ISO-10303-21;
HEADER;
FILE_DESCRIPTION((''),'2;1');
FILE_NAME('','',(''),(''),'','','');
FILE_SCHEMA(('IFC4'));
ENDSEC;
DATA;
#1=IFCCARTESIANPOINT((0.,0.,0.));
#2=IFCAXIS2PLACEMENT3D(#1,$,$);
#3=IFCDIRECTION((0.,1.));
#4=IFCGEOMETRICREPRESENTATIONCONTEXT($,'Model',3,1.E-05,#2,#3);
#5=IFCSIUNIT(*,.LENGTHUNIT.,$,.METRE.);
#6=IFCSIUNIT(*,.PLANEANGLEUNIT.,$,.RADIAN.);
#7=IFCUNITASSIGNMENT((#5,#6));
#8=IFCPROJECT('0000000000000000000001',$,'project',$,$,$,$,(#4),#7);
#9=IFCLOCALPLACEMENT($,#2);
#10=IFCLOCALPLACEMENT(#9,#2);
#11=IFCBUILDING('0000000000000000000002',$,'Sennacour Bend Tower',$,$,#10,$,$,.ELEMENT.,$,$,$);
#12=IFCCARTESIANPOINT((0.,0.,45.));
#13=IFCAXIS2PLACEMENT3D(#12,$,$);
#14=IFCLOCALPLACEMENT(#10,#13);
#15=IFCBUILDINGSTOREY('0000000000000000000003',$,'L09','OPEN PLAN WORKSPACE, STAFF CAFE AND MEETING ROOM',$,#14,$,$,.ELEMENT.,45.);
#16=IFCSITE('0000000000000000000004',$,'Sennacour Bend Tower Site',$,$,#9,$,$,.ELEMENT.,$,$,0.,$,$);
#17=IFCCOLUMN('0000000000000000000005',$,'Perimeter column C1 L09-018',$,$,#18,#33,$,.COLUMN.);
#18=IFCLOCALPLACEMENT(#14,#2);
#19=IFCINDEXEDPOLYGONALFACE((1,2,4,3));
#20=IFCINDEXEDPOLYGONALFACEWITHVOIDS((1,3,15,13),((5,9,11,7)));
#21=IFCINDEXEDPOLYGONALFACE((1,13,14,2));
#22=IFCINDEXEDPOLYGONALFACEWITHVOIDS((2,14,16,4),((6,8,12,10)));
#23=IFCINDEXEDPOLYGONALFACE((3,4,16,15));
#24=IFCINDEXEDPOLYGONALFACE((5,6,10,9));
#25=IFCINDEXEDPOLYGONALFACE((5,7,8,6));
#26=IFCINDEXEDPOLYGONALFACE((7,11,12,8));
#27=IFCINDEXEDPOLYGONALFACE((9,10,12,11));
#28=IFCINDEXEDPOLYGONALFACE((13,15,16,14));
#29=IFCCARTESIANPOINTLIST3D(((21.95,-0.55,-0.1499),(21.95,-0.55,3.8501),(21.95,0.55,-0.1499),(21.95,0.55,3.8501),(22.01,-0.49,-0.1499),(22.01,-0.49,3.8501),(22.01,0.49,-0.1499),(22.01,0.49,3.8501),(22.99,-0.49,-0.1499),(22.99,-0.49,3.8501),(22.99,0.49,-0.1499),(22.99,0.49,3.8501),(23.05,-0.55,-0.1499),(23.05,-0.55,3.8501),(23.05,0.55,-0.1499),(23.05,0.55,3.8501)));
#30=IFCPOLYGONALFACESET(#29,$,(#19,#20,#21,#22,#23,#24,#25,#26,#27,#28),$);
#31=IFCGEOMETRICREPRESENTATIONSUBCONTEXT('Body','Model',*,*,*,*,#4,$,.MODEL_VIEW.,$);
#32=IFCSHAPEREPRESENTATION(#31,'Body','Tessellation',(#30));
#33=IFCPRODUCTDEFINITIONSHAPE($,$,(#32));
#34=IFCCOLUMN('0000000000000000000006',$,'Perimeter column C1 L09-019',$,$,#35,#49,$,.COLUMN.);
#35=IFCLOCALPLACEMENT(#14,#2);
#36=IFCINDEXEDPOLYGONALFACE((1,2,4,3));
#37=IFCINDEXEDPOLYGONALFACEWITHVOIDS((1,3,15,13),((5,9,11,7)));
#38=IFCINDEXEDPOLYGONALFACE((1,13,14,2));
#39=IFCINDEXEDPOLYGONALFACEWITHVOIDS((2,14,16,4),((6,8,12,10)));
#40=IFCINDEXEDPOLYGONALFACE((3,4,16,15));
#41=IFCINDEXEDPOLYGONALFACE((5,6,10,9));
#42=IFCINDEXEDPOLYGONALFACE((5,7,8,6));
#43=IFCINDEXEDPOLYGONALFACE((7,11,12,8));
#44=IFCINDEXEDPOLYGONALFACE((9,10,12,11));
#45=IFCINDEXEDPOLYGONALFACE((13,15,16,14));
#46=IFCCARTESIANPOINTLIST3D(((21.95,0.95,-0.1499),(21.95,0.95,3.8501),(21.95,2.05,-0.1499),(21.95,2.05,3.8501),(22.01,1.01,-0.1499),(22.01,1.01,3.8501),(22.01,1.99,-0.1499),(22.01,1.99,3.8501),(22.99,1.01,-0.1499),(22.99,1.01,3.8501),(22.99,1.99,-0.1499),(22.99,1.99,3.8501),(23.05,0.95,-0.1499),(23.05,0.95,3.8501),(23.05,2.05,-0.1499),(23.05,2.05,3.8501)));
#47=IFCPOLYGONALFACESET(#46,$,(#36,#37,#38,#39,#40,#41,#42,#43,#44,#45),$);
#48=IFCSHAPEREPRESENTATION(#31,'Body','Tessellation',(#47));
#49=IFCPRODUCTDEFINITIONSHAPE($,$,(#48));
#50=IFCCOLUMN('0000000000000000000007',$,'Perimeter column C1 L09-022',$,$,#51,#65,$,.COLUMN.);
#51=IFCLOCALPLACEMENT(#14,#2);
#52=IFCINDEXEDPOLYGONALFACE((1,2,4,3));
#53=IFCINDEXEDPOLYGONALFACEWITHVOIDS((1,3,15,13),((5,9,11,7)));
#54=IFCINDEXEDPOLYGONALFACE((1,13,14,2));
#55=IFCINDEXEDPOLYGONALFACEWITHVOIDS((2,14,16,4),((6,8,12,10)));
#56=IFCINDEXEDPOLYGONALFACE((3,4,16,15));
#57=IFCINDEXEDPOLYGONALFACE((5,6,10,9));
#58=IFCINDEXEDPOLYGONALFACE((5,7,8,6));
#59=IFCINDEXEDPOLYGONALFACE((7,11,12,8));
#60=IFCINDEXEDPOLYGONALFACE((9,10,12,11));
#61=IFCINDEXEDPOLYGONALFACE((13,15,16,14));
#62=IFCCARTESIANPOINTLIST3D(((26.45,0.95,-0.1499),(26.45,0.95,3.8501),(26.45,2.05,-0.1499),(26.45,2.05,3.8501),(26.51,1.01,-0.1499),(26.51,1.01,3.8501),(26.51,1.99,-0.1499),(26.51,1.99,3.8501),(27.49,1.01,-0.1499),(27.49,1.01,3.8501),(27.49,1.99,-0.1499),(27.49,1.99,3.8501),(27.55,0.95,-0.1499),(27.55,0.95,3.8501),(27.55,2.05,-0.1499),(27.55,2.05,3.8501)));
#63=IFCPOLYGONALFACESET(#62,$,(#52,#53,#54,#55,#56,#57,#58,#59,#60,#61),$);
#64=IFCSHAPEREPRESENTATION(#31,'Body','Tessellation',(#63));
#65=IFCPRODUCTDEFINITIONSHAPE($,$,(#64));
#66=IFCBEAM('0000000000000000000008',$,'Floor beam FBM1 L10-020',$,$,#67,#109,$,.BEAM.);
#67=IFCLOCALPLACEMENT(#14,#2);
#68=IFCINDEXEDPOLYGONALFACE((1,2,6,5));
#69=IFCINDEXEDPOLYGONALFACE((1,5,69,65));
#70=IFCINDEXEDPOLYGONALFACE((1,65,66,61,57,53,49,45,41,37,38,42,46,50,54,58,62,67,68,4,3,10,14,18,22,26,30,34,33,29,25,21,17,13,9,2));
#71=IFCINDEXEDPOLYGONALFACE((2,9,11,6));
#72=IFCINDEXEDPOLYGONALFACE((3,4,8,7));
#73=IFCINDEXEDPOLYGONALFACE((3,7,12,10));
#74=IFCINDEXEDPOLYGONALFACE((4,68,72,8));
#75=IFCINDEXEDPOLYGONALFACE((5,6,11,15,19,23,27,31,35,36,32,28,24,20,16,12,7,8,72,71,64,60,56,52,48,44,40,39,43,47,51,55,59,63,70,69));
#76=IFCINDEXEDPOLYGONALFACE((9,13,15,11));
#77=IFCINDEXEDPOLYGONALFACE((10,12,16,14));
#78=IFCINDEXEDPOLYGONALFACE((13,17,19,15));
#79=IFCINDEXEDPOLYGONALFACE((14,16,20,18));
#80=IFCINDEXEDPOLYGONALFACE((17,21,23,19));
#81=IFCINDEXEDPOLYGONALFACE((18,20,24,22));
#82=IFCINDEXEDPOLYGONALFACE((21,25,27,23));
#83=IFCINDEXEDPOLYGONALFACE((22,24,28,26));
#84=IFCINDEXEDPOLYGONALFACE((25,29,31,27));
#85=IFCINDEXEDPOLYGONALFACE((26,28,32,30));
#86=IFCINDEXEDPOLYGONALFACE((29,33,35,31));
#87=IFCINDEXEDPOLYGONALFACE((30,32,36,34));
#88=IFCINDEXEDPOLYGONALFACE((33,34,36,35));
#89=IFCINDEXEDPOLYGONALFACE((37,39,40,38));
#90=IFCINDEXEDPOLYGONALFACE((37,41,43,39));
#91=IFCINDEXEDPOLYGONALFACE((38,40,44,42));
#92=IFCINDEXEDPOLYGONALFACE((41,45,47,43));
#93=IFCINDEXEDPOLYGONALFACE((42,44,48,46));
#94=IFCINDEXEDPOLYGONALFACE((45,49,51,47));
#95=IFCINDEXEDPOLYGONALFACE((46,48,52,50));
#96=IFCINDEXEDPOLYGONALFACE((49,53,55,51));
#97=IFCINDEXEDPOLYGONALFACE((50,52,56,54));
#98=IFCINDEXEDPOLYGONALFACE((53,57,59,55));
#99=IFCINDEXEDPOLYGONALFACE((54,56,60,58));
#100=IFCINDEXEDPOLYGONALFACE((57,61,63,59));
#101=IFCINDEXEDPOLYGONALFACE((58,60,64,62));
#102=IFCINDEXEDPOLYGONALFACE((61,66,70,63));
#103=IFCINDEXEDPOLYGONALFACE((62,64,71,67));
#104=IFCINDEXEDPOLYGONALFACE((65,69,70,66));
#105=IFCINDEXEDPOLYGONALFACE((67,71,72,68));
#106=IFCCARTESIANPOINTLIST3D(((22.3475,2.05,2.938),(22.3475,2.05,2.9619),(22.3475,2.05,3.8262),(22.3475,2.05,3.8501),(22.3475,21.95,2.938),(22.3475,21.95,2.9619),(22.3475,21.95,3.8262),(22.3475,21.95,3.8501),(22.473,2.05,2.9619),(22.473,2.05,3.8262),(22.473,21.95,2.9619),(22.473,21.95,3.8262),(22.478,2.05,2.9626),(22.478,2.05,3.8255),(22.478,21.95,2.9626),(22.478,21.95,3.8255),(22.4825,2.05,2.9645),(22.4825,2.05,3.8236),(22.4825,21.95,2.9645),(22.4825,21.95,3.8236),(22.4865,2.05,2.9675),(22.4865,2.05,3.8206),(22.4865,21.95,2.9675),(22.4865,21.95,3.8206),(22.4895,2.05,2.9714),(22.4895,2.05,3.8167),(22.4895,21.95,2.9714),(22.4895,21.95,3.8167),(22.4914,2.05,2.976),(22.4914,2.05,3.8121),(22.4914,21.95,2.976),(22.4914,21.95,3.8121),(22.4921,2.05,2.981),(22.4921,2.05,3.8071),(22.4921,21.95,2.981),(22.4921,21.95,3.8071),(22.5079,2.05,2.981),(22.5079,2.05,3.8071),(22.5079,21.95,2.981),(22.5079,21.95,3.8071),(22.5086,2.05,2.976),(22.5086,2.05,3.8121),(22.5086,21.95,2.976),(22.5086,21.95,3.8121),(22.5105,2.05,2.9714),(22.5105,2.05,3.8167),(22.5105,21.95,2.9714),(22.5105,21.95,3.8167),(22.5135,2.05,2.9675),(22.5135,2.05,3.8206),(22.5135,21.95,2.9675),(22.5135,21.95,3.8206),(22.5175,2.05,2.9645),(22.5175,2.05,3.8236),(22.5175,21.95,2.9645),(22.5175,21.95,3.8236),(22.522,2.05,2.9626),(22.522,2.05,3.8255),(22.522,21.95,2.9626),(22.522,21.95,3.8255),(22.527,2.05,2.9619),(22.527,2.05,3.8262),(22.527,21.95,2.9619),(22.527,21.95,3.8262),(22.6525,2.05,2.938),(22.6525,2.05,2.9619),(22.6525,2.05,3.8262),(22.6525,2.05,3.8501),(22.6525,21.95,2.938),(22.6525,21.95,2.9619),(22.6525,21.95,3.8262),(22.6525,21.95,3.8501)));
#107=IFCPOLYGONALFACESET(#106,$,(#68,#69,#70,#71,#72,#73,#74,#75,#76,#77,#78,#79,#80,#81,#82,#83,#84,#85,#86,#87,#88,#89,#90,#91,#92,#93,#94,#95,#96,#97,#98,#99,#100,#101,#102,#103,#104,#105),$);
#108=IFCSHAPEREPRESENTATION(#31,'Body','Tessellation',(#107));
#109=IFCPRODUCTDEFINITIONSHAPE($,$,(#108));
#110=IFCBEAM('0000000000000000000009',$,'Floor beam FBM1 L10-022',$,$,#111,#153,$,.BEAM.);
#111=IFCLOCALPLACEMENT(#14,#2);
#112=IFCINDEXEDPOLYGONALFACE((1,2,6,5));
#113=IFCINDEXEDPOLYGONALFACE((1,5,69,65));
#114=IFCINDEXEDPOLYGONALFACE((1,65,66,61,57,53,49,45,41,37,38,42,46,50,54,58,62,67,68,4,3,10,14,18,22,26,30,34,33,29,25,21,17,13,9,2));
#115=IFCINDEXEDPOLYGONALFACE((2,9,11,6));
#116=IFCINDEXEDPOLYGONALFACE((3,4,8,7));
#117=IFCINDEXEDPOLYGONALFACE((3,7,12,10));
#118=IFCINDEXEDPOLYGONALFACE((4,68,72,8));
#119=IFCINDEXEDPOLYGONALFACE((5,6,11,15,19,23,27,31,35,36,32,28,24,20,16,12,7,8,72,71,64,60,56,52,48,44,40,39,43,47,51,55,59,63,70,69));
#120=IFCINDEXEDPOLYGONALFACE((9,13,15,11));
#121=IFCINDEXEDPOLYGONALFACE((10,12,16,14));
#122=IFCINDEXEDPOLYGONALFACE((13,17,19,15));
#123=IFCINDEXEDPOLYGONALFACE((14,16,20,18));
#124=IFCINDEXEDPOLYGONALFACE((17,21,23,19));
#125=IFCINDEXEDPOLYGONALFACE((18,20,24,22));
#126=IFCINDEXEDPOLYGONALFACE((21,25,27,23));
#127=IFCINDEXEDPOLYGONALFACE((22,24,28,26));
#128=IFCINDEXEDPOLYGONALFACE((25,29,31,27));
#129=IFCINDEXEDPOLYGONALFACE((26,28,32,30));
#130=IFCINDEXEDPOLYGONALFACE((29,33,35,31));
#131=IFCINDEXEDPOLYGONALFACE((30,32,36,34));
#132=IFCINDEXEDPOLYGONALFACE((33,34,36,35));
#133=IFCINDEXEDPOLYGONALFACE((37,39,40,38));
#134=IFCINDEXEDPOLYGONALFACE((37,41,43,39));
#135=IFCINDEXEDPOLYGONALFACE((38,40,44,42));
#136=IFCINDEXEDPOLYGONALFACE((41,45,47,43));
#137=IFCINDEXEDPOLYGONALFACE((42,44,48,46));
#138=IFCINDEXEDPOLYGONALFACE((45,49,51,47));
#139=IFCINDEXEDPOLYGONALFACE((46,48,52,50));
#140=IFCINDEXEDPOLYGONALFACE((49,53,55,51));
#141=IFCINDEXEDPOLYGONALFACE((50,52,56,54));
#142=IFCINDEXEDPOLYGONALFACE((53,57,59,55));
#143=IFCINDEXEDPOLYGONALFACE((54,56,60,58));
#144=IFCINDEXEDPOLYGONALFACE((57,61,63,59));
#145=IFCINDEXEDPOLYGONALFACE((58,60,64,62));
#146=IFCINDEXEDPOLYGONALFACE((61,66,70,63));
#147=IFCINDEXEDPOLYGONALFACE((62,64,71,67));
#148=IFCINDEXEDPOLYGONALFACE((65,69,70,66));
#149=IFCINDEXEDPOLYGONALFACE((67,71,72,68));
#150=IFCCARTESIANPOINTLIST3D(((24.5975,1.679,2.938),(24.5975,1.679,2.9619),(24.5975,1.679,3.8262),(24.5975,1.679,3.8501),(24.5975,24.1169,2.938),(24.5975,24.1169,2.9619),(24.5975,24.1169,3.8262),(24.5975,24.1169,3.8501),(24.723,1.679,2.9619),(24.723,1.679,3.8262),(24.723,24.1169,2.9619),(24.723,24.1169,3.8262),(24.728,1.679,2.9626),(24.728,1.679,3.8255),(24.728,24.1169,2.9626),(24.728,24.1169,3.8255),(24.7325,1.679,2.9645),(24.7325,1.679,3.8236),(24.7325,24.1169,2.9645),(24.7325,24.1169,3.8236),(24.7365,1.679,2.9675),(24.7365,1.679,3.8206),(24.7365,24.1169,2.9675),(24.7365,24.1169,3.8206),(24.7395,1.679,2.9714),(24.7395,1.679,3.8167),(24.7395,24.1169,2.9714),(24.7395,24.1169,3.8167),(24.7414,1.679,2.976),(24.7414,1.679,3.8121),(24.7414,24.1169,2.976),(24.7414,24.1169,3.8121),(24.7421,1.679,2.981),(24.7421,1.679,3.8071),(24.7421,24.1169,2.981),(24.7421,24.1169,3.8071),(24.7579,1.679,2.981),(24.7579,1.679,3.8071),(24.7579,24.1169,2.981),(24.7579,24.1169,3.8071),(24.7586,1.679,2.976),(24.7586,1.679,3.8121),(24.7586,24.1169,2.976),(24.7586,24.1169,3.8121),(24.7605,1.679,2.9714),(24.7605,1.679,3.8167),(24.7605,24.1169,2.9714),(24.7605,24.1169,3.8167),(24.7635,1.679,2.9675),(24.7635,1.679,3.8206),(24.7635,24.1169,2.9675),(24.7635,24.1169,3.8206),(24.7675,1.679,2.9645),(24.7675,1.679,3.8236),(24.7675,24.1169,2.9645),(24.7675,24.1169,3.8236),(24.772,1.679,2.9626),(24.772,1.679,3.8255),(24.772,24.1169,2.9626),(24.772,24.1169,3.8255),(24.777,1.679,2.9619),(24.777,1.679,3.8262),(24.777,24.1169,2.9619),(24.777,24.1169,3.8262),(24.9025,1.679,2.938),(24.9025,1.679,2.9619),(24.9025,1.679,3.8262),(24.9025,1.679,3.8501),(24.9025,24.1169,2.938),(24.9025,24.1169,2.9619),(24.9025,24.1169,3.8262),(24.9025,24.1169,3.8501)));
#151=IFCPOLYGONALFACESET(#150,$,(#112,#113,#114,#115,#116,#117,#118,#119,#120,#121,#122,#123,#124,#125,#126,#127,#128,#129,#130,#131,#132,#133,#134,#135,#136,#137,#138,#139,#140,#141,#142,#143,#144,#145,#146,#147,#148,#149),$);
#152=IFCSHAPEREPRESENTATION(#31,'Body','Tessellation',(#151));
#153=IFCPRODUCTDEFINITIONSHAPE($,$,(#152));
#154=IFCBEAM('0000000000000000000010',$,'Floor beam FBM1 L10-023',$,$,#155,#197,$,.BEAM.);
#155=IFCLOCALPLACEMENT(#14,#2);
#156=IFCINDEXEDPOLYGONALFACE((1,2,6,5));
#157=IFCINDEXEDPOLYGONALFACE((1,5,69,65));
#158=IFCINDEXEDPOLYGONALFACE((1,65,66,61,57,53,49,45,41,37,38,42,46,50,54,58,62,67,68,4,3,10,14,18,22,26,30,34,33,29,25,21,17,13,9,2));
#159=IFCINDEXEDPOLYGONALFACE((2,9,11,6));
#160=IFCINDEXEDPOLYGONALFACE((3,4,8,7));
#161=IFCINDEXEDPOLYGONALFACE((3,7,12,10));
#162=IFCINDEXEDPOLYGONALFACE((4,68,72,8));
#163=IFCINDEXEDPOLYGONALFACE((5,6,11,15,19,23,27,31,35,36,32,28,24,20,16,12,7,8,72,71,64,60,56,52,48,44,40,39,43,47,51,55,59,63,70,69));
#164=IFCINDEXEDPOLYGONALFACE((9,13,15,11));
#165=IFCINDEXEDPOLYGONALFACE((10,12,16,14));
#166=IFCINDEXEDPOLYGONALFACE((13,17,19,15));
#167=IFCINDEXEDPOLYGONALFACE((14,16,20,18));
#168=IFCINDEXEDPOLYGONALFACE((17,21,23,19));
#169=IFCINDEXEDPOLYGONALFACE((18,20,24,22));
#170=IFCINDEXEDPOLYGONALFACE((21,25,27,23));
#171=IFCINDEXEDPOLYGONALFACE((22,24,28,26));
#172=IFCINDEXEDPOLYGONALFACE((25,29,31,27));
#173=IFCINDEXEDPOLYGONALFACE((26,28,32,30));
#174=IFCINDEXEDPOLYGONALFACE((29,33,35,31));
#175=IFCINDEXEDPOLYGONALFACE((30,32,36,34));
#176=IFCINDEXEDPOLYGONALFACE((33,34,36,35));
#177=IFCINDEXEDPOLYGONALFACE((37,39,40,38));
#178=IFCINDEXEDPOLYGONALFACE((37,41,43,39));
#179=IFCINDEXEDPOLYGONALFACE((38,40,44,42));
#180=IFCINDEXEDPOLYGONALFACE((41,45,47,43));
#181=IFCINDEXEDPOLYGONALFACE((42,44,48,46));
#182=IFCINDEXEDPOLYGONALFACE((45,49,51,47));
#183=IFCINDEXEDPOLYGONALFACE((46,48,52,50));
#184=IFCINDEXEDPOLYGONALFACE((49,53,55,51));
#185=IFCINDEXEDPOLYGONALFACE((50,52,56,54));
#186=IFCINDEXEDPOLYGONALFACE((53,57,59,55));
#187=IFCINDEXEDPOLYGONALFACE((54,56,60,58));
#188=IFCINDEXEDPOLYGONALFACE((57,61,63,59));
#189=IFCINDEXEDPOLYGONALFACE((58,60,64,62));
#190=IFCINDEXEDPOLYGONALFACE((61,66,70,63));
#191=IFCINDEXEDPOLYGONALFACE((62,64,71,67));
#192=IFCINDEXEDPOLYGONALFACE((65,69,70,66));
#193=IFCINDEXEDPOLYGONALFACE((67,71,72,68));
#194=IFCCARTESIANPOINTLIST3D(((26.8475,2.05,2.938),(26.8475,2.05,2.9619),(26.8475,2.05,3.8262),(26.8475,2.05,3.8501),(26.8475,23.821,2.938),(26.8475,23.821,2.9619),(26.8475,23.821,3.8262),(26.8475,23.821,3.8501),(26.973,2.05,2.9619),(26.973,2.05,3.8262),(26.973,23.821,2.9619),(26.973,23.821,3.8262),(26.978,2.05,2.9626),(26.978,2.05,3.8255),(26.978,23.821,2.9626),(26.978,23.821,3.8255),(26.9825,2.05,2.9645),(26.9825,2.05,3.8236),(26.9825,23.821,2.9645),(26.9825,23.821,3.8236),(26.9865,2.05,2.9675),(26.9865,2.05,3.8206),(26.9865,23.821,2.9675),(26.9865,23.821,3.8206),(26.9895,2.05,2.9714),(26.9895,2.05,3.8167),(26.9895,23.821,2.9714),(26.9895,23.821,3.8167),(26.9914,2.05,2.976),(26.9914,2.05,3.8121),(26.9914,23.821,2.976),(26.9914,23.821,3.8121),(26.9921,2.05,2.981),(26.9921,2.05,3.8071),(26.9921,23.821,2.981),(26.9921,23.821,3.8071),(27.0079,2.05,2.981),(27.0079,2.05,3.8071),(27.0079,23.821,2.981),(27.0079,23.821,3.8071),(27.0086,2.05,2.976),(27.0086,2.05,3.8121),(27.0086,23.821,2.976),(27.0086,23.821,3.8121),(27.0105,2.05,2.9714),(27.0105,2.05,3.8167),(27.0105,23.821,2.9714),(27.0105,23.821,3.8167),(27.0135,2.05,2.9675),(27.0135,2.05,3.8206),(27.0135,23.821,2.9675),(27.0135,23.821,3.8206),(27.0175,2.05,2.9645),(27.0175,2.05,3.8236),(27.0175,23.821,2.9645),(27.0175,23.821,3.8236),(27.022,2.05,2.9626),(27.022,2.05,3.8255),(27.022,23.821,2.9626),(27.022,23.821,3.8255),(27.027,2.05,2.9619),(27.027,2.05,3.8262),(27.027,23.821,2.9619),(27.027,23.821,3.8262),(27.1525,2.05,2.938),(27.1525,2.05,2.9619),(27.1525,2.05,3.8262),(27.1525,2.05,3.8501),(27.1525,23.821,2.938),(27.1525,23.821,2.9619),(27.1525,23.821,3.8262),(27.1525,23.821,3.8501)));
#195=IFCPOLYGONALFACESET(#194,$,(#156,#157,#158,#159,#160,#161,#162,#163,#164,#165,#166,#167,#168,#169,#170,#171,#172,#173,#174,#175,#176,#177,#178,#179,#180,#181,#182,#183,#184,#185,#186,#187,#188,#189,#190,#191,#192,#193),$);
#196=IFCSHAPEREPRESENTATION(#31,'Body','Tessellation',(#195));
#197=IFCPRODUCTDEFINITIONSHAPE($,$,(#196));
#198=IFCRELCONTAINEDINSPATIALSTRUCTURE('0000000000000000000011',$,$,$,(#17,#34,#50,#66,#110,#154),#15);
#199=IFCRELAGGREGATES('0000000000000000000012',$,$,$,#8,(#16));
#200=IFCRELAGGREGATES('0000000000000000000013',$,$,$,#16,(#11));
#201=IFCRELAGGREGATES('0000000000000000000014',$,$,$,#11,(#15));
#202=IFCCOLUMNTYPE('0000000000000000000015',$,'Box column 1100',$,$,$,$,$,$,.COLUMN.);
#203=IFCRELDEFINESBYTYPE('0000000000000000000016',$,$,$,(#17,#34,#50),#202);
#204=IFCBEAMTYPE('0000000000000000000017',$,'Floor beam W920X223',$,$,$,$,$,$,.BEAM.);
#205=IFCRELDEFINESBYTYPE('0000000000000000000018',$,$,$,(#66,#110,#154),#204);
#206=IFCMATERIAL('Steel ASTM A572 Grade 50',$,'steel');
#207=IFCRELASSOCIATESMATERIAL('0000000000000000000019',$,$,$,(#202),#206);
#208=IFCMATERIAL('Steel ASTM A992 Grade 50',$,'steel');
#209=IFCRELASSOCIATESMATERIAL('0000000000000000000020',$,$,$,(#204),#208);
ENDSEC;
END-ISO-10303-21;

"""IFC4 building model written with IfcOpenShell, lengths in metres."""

from ifc_helpers import new_model, si_unit, direction, frame, origin, origin_2d, place, context, subcontext, project, spatial, hollow_rectangle, i_section, extrude, material, material_profile, profile_set, type_object, element, save


model = new_model("IFC4")

# Units and contexts
model_context = context("Model", 3, precision=1e-05, world=origin(), true_north=direction((0.0, 1.0)))
body_context = subcontext(model_context, "Body", "Model", "MODEL_VIEW")
ifc_project = project(units=[si_unit("LENGTHUNIT", "METRE"), si_unit("PLANEANGLEUNIT", "RADIAN")], contexts=[model_context])

# Site, building, storey
site_placement = place(None, origin())
site = spatial("IfcSite", under=ifc_project, at=site_placement, Name="Sennacour Bend Tower Site", CompositionType="ELEMENT", RefElevation=0.0)
building_placement = place(site_placement, origin())
building = spatial("IfcBuilding", under=site, at=building_placement, Name="Sennacour Bend Tower", CompositionType="ELEMENT")
storey_placement = place(building_placement, frame((0.0, 0.0, 45.0)))
storey = spatial("IfcBuildingStorey", under=building, at=storey_placement, Name="L09", Description="OPEN PLAN WORKSPACE, STAFF CAFE AND MEETING ROOM", CompositionType="ELEMENT", Elevation=45.0)

# Columns
ifc_material_1 = material(Name="Steel ASTM A572 Grade 50", Category="steel")
ifc_material_profile_1 = material_profile(ifc_material_1, hollow_rectangle(XDim=1.1001, YDim=1.1001, WallThickness=0.0601, at=origin_2d()), Name="Steel ASTM A572 Grade 50", Category="steel")
ifc_profile_set_1 = profile_set([ifc_material_profile_1], Name="Steel ASTM A572 Grade 50")
column_type = type_object("IfcColumnType", Name="Box column 1100", PredefinedType="COLUMN", material=ifc_profile_set_1)
for number, where, z_axis, x_axis, name in (
    (1, (22.5, 0.0, -0.1499), (0.0, 0.0, 1.0), (1.0, 0.0, 0.0), "Perimeter column C1 L09-018"),
    (2, (22.5, 1.5, -0.1499), (0.0, 0.0, 1.0), (1.0, 0.0, 0.0), "Perimeter column C1 L09-019"),
    (3, (27.0, 1.5, -0.1499), (0.0, 0.0, 1.0), (1.0, 0.0, 0.0), "Perimeter column C1 L09-022"),
):
    element("IfcColumn", number, at=place(storey_placement, frame(where, z_axis=z_axis, x_axis=x_axis)), inside=storey, type_object=column_type, Name=name, PredefinedType="COLUMN", context=body_context, shape_type="SweptSolid", body=[
        extrude(hollow_rectangle(XDim=1.1001, YDim=1.1001, WallThickness=0.0601, at=origin_2d()), origin(), (0.0, 0.0, 1.0), 4.0),
    ])

# Beams
ifc_material_2 = material(Name="Steel ASTM A992 Grade 50", Category="steel")
ifc_material_profile_2 = material_profile(ifc_material_2, i_section(OverallWidth=0.3049, OverallDepth=0.9121, WebThickness=0.0159, FlangeThickness=0.0239, FilletRadius=0.019, at=origin_2d()), Name="Steel ASTM A992 Grade 50", Category="steel")
ifc_profile_set_2 = profile_set([ifc_material_profile_2], Name="Steel ASTM A992 Grade 50")
beam_type_1 = type_object("IfcBeamType", Name="Floor beam W920X223", PredefinedType="BEAM", material=ifc_profile_set_2)
beam_1_placement = place(storey_placement, frame((22.5, 2.05, 3.394), z_axis=(0.0, 1.0, 0.0), x_axis=(-1.0, 0.0, 0.0)))
element("IfcBeam", 4, at=beam_1_placement, inside=storey, type_object=beam_type_1, Name="Floor beam FBM1 L10-020", PredefinedType="BEAM", context=body_context, shape_type="SweptSolid", body=[
    extrude(i_section(OverallWidth=0.3049, OverallDepth=0.9121, WebThickness=0.0159, FlangeThickness=0.0239, FilletRadius=0.019, at=origin_2d()), origin(), (0.0, 0.0, 1.0), 19.8999),
])
beam_2_placement = place(storey_placement, frame((24.75, 1.679, 3.394), z_axis=(0.0, 1.0, 0.0), x_axis=(-1.0, 0.0, 0.0)))
element("IfcBeam", 5, at=beam_2_placement, inside=storey, type_object=beam_type_1, Name="Floor beam FBM1 L10-022", PredefinedType="BEAM", context=body_context, shape_type="SweptSolid", body=[
    extrude(i_section(OverallWidth=0.3049, OverallDepth=0.9121, WebThickness=0.0159, FlangeThickness=0.0239, FilletRadius=0.019, at=origin_2d()), origin(), (0.0, 0.0, 1.0), 22.438),
])
beam_3_placement = place(storey_placement, frame((27.0, 2.05, 3.394), z_axis=(0.0, 1.0, 0.0), x_axis=(-1.0, 0.0, 0.0)))
element("IfcBeam", 6, at=beam_3_placement, inside=storey, type_object=beam_type_1, Name="Floor beam FBM1 L10-023", PredefinedType="BEAM", context=body_context, shape_type="SweptSolid", body=[
    extrude(i_section(OverallWidth=0.3049, OverallDepth=0.9121, WebThickness=0.0159, FlangeThickness=0.0239, FilletRadius=0.019, at=origin_2d()), origin(), (0.0, 0.0, 1.0), 21.771),
])

save(model, "model.ifc")
